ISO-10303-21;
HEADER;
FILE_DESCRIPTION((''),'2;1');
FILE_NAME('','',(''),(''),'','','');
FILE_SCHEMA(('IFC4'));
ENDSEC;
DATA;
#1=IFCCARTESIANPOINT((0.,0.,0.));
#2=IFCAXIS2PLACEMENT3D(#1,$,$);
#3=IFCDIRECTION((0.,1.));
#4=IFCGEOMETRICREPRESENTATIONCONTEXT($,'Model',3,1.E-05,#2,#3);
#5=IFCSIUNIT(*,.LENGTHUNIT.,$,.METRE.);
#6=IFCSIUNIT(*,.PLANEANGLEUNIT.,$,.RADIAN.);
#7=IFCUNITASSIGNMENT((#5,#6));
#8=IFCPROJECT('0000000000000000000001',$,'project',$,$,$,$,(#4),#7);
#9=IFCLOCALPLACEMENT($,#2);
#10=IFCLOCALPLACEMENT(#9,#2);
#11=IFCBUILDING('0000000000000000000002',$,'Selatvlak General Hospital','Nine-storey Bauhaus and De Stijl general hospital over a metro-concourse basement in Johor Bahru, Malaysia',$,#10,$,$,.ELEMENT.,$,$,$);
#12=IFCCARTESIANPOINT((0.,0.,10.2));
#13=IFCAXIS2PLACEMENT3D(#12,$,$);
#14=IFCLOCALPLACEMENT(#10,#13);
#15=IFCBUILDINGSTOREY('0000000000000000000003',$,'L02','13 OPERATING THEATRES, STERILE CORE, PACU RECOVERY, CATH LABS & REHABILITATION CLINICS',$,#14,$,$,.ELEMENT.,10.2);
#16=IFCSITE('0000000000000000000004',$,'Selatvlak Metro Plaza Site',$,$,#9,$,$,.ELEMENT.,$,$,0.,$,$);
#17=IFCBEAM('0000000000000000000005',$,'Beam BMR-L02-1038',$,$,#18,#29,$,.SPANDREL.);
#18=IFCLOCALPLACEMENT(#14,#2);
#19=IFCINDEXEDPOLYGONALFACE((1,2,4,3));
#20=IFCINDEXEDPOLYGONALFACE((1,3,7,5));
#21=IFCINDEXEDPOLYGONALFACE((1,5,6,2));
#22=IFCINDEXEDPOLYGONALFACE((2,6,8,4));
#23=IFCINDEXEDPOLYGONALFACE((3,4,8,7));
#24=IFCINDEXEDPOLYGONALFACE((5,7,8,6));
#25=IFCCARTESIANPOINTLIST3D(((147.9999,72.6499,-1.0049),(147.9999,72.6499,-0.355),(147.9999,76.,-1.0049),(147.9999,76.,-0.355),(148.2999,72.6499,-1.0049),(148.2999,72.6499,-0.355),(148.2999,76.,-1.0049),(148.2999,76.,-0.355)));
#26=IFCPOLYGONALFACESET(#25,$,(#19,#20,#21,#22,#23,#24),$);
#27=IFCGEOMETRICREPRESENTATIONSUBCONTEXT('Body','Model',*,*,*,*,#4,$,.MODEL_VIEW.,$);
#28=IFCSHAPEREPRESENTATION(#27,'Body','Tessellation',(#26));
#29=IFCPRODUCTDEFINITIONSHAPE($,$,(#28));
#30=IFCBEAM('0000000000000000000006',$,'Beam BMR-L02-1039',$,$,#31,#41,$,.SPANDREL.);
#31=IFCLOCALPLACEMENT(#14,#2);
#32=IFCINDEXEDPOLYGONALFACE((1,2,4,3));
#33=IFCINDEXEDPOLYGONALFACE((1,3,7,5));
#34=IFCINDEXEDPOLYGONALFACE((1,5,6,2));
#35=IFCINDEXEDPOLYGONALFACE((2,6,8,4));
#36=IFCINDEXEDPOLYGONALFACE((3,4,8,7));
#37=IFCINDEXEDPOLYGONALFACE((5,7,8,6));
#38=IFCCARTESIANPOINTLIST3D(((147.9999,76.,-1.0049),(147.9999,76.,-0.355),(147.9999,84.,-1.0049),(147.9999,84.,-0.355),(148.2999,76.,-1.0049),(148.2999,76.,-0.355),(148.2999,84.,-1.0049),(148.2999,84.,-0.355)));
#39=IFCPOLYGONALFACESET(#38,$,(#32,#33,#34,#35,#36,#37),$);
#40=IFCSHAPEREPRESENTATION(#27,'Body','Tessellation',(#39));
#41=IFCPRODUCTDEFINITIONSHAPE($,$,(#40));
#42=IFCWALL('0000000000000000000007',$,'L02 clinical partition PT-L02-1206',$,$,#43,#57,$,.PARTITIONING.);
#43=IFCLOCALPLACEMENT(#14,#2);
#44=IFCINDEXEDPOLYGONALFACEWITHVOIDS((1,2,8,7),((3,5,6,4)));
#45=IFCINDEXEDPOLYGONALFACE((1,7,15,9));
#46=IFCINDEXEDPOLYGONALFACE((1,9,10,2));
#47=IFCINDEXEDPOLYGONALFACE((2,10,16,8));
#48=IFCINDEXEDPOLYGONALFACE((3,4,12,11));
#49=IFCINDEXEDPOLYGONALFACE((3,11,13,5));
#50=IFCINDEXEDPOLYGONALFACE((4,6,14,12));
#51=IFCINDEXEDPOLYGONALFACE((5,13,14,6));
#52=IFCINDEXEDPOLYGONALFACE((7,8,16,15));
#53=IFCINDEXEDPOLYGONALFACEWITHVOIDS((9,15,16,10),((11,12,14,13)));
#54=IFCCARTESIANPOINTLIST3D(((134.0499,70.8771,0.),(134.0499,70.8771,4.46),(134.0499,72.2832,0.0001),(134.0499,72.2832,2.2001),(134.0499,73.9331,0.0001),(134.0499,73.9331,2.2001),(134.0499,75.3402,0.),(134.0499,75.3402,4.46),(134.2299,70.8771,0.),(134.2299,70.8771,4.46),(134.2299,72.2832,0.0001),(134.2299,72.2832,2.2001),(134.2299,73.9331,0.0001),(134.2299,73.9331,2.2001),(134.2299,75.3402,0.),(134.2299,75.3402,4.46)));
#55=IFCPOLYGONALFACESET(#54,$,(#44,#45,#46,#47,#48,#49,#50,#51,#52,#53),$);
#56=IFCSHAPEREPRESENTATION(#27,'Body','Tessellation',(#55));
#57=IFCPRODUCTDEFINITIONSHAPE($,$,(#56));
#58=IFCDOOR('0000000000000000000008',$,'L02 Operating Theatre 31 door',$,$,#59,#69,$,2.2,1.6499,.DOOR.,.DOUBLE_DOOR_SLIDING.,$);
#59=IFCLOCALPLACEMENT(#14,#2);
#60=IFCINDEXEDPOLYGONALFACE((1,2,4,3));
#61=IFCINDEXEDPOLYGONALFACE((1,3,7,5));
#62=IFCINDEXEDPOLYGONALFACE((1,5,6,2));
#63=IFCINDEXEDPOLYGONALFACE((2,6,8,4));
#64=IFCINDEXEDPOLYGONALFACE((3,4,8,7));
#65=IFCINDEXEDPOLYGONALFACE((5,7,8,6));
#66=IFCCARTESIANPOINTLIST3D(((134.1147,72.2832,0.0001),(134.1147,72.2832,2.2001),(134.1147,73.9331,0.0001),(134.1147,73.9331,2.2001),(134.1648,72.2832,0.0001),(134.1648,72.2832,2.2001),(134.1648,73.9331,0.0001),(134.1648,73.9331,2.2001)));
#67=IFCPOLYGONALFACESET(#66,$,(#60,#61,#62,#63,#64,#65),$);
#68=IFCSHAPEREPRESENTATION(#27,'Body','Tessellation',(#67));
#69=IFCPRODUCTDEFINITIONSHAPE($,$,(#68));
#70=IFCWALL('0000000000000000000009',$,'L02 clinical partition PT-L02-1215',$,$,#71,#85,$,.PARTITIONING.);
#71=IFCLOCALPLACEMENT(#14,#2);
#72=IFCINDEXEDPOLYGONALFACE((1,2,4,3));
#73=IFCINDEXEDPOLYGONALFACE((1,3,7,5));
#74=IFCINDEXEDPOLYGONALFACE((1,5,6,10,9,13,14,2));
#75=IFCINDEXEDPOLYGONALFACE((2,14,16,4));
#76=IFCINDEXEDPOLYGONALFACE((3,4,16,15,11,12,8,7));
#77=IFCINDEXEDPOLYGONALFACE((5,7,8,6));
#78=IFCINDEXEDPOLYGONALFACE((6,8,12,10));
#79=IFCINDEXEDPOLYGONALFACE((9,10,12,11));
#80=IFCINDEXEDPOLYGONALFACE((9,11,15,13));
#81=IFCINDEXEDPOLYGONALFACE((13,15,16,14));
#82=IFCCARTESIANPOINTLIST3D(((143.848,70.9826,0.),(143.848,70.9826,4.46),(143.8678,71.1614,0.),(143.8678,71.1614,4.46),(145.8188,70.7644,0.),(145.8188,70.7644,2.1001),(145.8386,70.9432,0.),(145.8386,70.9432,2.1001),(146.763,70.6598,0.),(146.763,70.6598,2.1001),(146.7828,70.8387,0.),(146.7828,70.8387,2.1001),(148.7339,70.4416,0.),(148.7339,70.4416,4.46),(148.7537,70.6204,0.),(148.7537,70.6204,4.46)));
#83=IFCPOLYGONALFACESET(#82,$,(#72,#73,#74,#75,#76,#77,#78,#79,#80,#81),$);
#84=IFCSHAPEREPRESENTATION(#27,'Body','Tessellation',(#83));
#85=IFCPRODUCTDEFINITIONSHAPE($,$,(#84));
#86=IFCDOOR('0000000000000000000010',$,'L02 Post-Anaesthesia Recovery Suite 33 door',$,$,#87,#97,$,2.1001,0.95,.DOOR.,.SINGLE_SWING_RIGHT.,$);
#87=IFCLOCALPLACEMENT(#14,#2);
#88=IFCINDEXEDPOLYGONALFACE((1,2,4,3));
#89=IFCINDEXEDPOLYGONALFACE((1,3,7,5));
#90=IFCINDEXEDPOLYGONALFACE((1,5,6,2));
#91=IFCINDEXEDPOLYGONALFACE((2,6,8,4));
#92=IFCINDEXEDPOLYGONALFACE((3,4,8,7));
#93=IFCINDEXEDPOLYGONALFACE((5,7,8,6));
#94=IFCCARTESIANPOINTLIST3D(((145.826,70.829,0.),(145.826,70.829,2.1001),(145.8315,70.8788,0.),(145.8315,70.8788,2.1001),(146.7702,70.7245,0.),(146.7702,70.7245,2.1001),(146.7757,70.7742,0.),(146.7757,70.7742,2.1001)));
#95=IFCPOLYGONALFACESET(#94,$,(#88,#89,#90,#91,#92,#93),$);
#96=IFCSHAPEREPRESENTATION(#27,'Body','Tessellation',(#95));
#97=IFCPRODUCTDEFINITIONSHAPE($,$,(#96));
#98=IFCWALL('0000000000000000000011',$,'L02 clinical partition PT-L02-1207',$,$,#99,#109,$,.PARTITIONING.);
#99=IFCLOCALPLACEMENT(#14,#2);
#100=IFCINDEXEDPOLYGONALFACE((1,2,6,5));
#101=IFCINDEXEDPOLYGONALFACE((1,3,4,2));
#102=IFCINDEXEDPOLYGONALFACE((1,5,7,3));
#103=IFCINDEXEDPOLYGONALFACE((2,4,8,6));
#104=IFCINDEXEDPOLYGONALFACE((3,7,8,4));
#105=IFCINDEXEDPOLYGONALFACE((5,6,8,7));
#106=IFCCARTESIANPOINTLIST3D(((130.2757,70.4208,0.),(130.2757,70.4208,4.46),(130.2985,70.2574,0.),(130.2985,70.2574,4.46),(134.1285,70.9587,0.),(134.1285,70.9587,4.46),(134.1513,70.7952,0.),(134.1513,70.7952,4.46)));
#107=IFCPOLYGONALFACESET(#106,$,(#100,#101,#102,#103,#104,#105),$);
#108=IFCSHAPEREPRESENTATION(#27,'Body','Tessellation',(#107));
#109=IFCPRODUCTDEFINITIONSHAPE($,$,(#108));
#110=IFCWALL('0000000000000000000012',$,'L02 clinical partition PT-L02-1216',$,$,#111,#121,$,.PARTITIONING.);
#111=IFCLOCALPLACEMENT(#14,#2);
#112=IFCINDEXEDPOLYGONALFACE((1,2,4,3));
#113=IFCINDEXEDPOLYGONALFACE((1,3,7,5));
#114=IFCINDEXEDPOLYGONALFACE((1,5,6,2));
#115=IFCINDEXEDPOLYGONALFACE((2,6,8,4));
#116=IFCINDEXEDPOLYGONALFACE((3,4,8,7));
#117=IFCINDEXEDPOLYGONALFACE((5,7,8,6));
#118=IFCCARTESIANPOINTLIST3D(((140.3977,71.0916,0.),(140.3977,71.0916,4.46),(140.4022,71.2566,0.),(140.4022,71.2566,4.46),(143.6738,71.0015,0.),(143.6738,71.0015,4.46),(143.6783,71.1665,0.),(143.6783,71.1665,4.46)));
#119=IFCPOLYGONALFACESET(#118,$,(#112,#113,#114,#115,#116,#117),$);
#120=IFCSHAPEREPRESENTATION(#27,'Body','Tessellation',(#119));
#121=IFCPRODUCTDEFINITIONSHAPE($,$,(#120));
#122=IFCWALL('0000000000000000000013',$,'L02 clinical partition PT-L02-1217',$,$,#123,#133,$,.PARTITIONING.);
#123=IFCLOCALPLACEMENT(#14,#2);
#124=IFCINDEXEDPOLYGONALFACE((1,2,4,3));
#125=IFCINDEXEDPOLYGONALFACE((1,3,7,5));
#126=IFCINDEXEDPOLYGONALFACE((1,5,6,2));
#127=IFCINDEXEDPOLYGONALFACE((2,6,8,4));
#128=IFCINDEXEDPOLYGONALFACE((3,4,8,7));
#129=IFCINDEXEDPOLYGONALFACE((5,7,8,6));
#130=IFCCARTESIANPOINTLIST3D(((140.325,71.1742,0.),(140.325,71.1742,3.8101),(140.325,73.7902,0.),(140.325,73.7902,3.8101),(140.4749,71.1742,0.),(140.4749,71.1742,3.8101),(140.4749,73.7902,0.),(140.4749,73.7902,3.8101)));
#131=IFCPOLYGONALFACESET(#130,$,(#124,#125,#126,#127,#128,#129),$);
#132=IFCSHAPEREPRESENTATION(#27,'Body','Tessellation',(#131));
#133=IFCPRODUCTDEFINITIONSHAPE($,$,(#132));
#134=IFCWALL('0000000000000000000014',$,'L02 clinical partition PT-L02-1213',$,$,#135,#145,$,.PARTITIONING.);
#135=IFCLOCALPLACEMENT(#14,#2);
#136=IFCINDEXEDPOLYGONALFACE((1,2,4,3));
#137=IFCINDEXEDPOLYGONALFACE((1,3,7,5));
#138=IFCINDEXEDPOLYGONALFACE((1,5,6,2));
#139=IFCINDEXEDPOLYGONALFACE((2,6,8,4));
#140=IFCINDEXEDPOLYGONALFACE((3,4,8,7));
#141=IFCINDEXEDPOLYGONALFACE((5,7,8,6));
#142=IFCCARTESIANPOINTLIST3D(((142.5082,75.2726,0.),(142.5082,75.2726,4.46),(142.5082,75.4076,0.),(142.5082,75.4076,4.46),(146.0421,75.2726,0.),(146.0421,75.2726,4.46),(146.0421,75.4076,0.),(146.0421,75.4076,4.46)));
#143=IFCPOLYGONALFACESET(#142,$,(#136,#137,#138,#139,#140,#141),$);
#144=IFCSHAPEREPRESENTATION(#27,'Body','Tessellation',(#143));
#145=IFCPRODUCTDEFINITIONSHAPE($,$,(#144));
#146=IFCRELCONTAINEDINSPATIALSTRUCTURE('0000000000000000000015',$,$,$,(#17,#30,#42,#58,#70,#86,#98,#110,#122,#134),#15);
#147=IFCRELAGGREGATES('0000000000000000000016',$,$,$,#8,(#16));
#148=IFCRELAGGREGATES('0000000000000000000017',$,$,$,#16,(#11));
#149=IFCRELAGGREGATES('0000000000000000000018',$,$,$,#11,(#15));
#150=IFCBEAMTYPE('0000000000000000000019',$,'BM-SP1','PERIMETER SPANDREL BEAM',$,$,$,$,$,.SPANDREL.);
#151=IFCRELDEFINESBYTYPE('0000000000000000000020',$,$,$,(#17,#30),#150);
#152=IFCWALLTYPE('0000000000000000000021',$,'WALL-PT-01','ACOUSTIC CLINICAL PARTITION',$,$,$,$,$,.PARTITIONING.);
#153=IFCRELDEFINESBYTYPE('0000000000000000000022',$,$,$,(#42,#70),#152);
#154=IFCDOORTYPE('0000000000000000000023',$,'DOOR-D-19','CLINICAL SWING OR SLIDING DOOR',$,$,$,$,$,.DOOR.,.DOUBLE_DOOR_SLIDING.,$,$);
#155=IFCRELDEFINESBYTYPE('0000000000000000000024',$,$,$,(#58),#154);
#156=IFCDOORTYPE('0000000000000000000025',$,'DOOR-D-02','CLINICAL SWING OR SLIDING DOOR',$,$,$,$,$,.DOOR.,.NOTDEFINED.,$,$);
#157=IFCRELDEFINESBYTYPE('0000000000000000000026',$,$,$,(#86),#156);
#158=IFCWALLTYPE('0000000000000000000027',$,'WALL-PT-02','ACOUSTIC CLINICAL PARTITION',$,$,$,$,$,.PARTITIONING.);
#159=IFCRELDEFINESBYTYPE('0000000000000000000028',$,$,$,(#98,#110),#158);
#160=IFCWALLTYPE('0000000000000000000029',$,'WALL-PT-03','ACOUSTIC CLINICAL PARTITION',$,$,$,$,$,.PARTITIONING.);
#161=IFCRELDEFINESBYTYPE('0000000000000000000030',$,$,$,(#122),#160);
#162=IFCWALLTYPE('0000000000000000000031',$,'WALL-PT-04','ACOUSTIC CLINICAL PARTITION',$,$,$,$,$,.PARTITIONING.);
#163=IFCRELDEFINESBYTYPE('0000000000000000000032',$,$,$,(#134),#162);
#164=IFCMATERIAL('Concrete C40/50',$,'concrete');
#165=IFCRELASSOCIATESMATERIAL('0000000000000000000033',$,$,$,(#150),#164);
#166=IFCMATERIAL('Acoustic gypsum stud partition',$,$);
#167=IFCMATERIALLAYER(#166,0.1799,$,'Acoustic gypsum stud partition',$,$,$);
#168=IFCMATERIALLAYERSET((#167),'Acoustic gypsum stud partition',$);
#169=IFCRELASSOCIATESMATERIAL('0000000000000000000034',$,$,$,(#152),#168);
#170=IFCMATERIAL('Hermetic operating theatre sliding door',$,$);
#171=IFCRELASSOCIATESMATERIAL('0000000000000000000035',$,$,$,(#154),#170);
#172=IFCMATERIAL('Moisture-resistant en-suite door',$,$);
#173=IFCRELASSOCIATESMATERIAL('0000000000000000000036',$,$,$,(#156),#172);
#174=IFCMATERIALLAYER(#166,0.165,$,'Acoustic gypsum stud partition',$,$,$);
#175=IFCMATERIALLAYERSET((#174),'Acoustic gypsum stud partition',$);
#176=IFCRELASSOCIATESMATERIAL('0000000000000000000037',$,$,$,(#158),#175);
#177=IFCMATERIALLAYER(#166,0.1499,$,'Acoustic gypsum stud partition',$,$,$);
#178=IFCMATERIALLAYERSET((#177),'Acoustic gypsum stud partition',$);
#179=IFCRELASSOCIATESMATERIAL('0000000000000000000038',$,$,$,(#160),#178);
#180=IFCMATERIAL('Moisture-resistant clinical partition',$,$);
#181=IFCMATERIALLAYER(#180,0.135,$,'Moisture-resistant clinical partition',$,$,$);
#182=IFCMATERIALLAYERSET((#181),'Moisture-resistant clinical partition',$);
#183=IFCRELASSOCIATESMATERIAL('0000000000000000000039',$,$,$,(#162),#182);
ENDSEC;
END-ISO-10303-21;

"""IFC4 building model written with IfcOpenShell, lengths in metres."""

from ifc_helpers import new_model, si_unit, direction, frame, frame_2d, origin, origin_2d, place, context, subcontext, project, spatial, rectangle, extrude, material, layer, layer_set, material_profile, profile_set, type_object, element, fill, save


model = new_model("IFC4")

# Units and contexts
model_context = context("Model", 3, precision=1e-05, world=origin(), true_north=direction((0.0, 1.0)))
body_context = subcontext(model_context, "Body", "Model", "MODEL_VIEW")
ifc_project = project(units=[si_unit("LENGTHUNIT", "METRE"), si_unit("PLANEANGLEUNIT", "RADIAN")], contexts=[model_context])

# Site, building, storey
site_placement = place(None, origin())
site = spatial("IfcSite", under=ifc_project, at=site_placement, Name="Selatvlak Metro Plaza Site", CompositionType="ELEMENT", RefElevation=0.0)
building_placement = place(site_placement, origin())
building = spatial("IfcBuilding", under=site, at=building_placement, Name="Selatvlak General Hospital", Description="Nine-storey Bauhaus and De Stijl general hospital over a metro-concourse basement in Johor Bahru, Malaysia", CompositionType="ELEMENT")
storey_placement = place(building_placement, frame((0.0, 0.0, 10.2)))
storey = spatial("IfcBuildingStorey", under=building, at=storey_placement, Name="L02", Description="13 OPERATING THEATRES, STERILE CORE, PACU RECOVERY, CATH LABS & REHABILITATION CLINICS", CompositionType="ELEMENT", Elevation=10.2)

# Beams
ifc_material_1 = material(Name="Concrete C40/50", Category="concrete")
ifc_material_profile_1 = material_profile(ifc_material_1, rectangle(XDim=0.3, YDim=0.6499, at=origin_2d()), Name="RC-SP 300x650")
ifc_profile_set_1 = profile_set([ifc_material_profile_1], Name="Concrete C40/50")
beam_type_1 = type_object("IfcBeamType", Name="BM-SP1", Description="PERIMETER SPANDREL BEAM", PredefinedType="SPANDREL", material=ifc_profile_set_1)
beam_1_placement = place(storey_placement, frame((148.1499, 72.6499, -0.6799), z_axis=(0.0, 1.0, 0.0), x_axis=(-1.0, 0.0, 0.0)))
element("IfcBeam", 1, at=beam_1_placement, inside=storey, type_object=beam_type_1, Name="Beam BMR-L02-1038", PredefinedType="SPANDREL", context=body_context, shape_type="SweptSolid", body=[
    extrude(rectangle(XDim=0.3, YDim=0.6499, at=origin_2d()), origin(), (0.0, 0.0, 1.0), 3.3501),
])
beam_2_placement = place(storey_placement, frame((148.1499, 76.0, -0.6799), z_axis=(0.0, 1.0, 0.0), x_axis=(-1.0, 0.0, 0.0)))
element("IfcBeam", 2, at=beam_2_placement, inside=storey, type_object=beam_type_1, Name="Beam BMR-L02-1039", PredefinedType="SPANDREL", context=body_context, shape_type="SweptSolid", body=[
    extrude(rectangle(XDim=0.3, YDim=0.6499, at=origin_2d()), origin(), (0.0, 0.0, 1.0), 8.0),
])

# Walls, openings, doors
ifc_material_2 = material(Name="Acoustic gypsum stud partition")
ifc_layer_1 = layer(ifc_material_2, 0.1799, Name="Acoustic gypsum stud partition")
ifc_layer_set_1 = layer_set([ifc_layer_1], Name="Acoustic gypsum stud partition")
wall_type_1 = type_object("IfcWallType", Name="WALL-PT-01", Description="ACOUSTIC CLINICAL PARTITION", PredefinedType="PARTITIONING", material=ifc_layer_set_1)
wall_1_placement = place(storey_placement, frame((134.1399, 75.3401, 0.0), z_axis=(0.0, 0.0, 1.0), x_axis=(0.0, -1.0, 0.0)))
wall_1 = element("IfcWall", 3, at=wall_1_placement, inside=storey, type_object=wall_type_1, Name="L02 clinical partition PT-L02-1206", PredefinedType="PARTITIONING", context=body_context, shape_type="SweptSolid", body=[
    extrude(rectangle(XDim=4.4631, YDim=0.1799, at=frame_2d((2.2314, 0.0))), origin(), (0.0, 0.0, 1.0), 4.46),
])
opening_1_placement = place(wall_1_placement, frame((1.407, 0.0, 0.0)))
opening_1 = element("IfcOpeningElement", 4, at=opening_1_placement, cuts=wall_1, PredefinedType="OPENING", context=body_context, shape_type="SweptSolid", body=[
    extrude(rectangle(XDim=1.6499, YDim=2.2, at=frame_2d((0.825, 1.1001))), frame((0.0, 0.0999, 0.0), z_axis=(0.0, -1.0, 0.0), x_axis=(1.0, 0.0, 0.0)), (0.0, 0.0, 1.0), 0.2),
])
ifc_material_3 = material(Name="Hermetic operating theatre sliding door")
door_type_1 = type_object("IfcDoorType", Name="DOOR-D-19", Description="CLINICAL SWING OR SLIDING DOOR", OperationType="DOUBLE_DOOR_SLIDING", PredefinedType="DOOR", material=ifc_material_3)
door_1_placement = place(opening_1_placement, origin())
door_1 = element("IfcDoor", 5, at=door_1_placement, inside=storey, type_object=door_type_1, Name="L02 Operating Theatre 31 door", OperationType="DOUBLE_DOOR_SLIDING", OverallHeight=2.2, OverallWidth=1.6499, PredefinedType="DOOR", context=body_context, shape_type="SweptSolid", body=[
    extrude(rectangle(XDim=1.6499, YDim=2.2, at=frame_2d((0.825, 1.1001))), frame((0.0, 0.0249, 0.0), z_axis=(0.0, -1.0, 0.0), x_axis=(1.0, 0.0, 0.0)), (0.0, 0.0, 1.0), 0.05),
])
fill(opening_1, door_1)
wall_2_placement = place(storey_placement, frame((148.7439, 70.531, 0.0), z_axis=(0.0, 0.0, 1.0), x_axis=(-0.993925, 0.110055, 0.0)))
wall_2 = element("IfcWall", 6, at=wall_2_placement, inside=storey, type_object=wall_type_1, Name="L02 clinical partition PT-L02-1215", PredefinedType="PARTITIONING", context=body_context, shape_type="SweptSolid", body=[
    extrude(rectangle(XDim=4.9158, YDim=0.1799, at=frame_2d((2.458, 0.0))), origin(), (0.0, 0.0, 1.0), 4.46),
])
opening_2_placement = place(wall_2_placement, frame((1.9829, 0.0, 0.0)))
opening_2 = element("IfcOpeningElement", 7, at=opening_2_placement, cuts=wall_2, PredefinedType="OPENING", context=body_context, shape_type="SweptSolid", body=[
    extrude(rectangle(XDim=0.95, YDim=2.1001, at=frame_2d((0.4751, 1.05))), frame((0.0, 0.0999, 0.0), z_axis=(0.0, -1.0, 0.0), x_axis=(1.0, 0.0, 0.0)), (0.0, 0.0, 1.0), 0.2),
])
ifc_material_4 = material(Name="Moisture-resistant en-suite door")
door_type_2 = type_object("IfcDoorType", Name="DOOR-D-02", Description="CLINICAL SWING OR SLIDING DOOR", OperationType="NOTDEFINED", PredefinedType="DOOR", material=ifc_material_4)
door_2_placement = place(opening_2_placement, origin())
door_2 = element("IfcDoor", 8, at=door_2_placement, inside=storey, type_object=door_type_2, Name="L02 Post-Anaesthesia Recovery Suite 33 door", OperationType="SINGLE_SWING_RIGHT", OverallHeight=2.1001, OverallWidth=0.95, PredefinedType="DOOR", context=body_context, shape_type="SweptSolid", body=[
    extrude(rectangle(XDim=0.95, YDim=2.1001, at=frame_2d((0.4751, 1.05))), frame((0.0, 0.0249, 0.0), z_axis=(0.0, -1.0, 0.0), x_axis=(1.0, 0.0, 0.0)), (0.0, 0.0, 1.0), 0.05),
])
fill(opening_2, door_2)

# Walls
ifc_layer_2 = layer(ifc_material_2, 0.165, Name="Acoustic gypsum stud partition")
ifc_layer_set_2 = layer_set([ifc_layer_2], Name="Acoustic gypsum stud partition")
wall_type_2 = type_object("IfcWallType", Name="WALL-PT-02", Description="ACOUSTIC CLINICAL PARTITION", PredefinedType="PARTITIONING", material=ifc_layer_set_2)
wall_3_placement = place(storey_placement, frame((134.1399, 70.877, 0.0), z_axis=(0.0, 0.0, 1.0), x_axis=(-0.990396, -0.138258, 0.0)))
element("IfcWall", 9, at=wall_3_placement, inside=storey, type_object=wall_type_2, Name="L02 clinical partition PT-L02-1207", PredefinedType="PARTITIONING", context=body_context, shape_type="SweptSolid", body=[
    extrude(rectangle(XDim=3.8901, YDim=0.165, at=frame_2d((1.9451, 0.0))), origin(), (0.0, 0.0, 1.0), 4.46),
])
wall_4_placement = place(storey_placement, frame((143.676, 71.084, 0.0), z_axis=(0.0, 0.0, 1.0), x_axis=(-0.999622, 0.027488, 0.0)))
element("IfcWall", 10, at=wall_4_placement, inside=storey, type_object=wall_type_2, Name="L02 clinical partition PT-L02-1216", PredefinedType="PARTITIONING", context=body_context, shape_type="SweptSolid", body=[
    extrude(rectangle(XDim=3.2773, YDim=0.165, at=frame_2d((1.6387, 0.0))), origin(), (0.0, 0.0, 1.0), 4.46),
])
ifc_layer_3 = layer(ifc_material_2, 0.1499, Name="Acoustic gypsum stud partition")
ifc_layer_set_3 = layer_set([ifc_layer_3], Name="Acoustic gypsum stud partition")
wall_type_3 = type_object("IfcWallType", Name="WALL-PT-03", Description="ACOUSTIC CLINICAL PARTITION", PredefinedType="PARTITIONING", material=ifc_layer_set_3)
wall_5_placement = place(storey_placement, frame((140.3999, 71.1741, 0.0), z_axis=(0.0, 0.0, 1.0), x_axis=(0.0, 1.0, 0.0)))
element("IfcWall", 11, at=wall_5_placement, inside=storey, type_object=wall_type_3, Name="L02 clinical partition PT-L02-1217", PredefinedType="PARTITIONING", context=body_context, shape_type="SweptSolid", body=[
    extrude(rectangle(XDim=2.616, YDim=0.1499, at=frame_2d((1.3081, 0.0))), origin(), (0.0, 0.0, 1.0), 3.8101),
])
ifc_material_5 = material(Name="Moisture-resistant clinical partition")
ifc_layer_4 = layer(ifc_material_5, 0.135, Name="Moisture-resistant clinical partition")
ifc_layer_set_4 = layer_set([ifc_layer_4], Name="Moisture-resistant clinical partition")
wall_type_4 = type_object("IfcWallType", Name="WALL-PT-04", Description="ACOUSTIC CLINICAL PARTITION", PredefinedType="PARTITIONING", material=ifc_layer_set_4)
wall_6_placement = place(storey_placement, frame((142.5081, 75.3401, 0.0), z_axis=(0.0, 0.0, 1.0), x_axis=(1.0, 0.0, 0.0)))
element("IfcWall", 12, at=wall_6_placement, inside=storey, type_object=wall_type_4, Name="L02 clinical partition PT-L02-1213", PredefinedType="PARTITIONING", context=body_context, shape_type="SweptSolid", body=[
    extrude(rectangle(XDim=3.5339, YDim=0.135, at=frame_2d((1.7671, 0.0))), origin(), (0.0, 0.0, 1.0), 4.46),
])

save(model, "model.ifc")
